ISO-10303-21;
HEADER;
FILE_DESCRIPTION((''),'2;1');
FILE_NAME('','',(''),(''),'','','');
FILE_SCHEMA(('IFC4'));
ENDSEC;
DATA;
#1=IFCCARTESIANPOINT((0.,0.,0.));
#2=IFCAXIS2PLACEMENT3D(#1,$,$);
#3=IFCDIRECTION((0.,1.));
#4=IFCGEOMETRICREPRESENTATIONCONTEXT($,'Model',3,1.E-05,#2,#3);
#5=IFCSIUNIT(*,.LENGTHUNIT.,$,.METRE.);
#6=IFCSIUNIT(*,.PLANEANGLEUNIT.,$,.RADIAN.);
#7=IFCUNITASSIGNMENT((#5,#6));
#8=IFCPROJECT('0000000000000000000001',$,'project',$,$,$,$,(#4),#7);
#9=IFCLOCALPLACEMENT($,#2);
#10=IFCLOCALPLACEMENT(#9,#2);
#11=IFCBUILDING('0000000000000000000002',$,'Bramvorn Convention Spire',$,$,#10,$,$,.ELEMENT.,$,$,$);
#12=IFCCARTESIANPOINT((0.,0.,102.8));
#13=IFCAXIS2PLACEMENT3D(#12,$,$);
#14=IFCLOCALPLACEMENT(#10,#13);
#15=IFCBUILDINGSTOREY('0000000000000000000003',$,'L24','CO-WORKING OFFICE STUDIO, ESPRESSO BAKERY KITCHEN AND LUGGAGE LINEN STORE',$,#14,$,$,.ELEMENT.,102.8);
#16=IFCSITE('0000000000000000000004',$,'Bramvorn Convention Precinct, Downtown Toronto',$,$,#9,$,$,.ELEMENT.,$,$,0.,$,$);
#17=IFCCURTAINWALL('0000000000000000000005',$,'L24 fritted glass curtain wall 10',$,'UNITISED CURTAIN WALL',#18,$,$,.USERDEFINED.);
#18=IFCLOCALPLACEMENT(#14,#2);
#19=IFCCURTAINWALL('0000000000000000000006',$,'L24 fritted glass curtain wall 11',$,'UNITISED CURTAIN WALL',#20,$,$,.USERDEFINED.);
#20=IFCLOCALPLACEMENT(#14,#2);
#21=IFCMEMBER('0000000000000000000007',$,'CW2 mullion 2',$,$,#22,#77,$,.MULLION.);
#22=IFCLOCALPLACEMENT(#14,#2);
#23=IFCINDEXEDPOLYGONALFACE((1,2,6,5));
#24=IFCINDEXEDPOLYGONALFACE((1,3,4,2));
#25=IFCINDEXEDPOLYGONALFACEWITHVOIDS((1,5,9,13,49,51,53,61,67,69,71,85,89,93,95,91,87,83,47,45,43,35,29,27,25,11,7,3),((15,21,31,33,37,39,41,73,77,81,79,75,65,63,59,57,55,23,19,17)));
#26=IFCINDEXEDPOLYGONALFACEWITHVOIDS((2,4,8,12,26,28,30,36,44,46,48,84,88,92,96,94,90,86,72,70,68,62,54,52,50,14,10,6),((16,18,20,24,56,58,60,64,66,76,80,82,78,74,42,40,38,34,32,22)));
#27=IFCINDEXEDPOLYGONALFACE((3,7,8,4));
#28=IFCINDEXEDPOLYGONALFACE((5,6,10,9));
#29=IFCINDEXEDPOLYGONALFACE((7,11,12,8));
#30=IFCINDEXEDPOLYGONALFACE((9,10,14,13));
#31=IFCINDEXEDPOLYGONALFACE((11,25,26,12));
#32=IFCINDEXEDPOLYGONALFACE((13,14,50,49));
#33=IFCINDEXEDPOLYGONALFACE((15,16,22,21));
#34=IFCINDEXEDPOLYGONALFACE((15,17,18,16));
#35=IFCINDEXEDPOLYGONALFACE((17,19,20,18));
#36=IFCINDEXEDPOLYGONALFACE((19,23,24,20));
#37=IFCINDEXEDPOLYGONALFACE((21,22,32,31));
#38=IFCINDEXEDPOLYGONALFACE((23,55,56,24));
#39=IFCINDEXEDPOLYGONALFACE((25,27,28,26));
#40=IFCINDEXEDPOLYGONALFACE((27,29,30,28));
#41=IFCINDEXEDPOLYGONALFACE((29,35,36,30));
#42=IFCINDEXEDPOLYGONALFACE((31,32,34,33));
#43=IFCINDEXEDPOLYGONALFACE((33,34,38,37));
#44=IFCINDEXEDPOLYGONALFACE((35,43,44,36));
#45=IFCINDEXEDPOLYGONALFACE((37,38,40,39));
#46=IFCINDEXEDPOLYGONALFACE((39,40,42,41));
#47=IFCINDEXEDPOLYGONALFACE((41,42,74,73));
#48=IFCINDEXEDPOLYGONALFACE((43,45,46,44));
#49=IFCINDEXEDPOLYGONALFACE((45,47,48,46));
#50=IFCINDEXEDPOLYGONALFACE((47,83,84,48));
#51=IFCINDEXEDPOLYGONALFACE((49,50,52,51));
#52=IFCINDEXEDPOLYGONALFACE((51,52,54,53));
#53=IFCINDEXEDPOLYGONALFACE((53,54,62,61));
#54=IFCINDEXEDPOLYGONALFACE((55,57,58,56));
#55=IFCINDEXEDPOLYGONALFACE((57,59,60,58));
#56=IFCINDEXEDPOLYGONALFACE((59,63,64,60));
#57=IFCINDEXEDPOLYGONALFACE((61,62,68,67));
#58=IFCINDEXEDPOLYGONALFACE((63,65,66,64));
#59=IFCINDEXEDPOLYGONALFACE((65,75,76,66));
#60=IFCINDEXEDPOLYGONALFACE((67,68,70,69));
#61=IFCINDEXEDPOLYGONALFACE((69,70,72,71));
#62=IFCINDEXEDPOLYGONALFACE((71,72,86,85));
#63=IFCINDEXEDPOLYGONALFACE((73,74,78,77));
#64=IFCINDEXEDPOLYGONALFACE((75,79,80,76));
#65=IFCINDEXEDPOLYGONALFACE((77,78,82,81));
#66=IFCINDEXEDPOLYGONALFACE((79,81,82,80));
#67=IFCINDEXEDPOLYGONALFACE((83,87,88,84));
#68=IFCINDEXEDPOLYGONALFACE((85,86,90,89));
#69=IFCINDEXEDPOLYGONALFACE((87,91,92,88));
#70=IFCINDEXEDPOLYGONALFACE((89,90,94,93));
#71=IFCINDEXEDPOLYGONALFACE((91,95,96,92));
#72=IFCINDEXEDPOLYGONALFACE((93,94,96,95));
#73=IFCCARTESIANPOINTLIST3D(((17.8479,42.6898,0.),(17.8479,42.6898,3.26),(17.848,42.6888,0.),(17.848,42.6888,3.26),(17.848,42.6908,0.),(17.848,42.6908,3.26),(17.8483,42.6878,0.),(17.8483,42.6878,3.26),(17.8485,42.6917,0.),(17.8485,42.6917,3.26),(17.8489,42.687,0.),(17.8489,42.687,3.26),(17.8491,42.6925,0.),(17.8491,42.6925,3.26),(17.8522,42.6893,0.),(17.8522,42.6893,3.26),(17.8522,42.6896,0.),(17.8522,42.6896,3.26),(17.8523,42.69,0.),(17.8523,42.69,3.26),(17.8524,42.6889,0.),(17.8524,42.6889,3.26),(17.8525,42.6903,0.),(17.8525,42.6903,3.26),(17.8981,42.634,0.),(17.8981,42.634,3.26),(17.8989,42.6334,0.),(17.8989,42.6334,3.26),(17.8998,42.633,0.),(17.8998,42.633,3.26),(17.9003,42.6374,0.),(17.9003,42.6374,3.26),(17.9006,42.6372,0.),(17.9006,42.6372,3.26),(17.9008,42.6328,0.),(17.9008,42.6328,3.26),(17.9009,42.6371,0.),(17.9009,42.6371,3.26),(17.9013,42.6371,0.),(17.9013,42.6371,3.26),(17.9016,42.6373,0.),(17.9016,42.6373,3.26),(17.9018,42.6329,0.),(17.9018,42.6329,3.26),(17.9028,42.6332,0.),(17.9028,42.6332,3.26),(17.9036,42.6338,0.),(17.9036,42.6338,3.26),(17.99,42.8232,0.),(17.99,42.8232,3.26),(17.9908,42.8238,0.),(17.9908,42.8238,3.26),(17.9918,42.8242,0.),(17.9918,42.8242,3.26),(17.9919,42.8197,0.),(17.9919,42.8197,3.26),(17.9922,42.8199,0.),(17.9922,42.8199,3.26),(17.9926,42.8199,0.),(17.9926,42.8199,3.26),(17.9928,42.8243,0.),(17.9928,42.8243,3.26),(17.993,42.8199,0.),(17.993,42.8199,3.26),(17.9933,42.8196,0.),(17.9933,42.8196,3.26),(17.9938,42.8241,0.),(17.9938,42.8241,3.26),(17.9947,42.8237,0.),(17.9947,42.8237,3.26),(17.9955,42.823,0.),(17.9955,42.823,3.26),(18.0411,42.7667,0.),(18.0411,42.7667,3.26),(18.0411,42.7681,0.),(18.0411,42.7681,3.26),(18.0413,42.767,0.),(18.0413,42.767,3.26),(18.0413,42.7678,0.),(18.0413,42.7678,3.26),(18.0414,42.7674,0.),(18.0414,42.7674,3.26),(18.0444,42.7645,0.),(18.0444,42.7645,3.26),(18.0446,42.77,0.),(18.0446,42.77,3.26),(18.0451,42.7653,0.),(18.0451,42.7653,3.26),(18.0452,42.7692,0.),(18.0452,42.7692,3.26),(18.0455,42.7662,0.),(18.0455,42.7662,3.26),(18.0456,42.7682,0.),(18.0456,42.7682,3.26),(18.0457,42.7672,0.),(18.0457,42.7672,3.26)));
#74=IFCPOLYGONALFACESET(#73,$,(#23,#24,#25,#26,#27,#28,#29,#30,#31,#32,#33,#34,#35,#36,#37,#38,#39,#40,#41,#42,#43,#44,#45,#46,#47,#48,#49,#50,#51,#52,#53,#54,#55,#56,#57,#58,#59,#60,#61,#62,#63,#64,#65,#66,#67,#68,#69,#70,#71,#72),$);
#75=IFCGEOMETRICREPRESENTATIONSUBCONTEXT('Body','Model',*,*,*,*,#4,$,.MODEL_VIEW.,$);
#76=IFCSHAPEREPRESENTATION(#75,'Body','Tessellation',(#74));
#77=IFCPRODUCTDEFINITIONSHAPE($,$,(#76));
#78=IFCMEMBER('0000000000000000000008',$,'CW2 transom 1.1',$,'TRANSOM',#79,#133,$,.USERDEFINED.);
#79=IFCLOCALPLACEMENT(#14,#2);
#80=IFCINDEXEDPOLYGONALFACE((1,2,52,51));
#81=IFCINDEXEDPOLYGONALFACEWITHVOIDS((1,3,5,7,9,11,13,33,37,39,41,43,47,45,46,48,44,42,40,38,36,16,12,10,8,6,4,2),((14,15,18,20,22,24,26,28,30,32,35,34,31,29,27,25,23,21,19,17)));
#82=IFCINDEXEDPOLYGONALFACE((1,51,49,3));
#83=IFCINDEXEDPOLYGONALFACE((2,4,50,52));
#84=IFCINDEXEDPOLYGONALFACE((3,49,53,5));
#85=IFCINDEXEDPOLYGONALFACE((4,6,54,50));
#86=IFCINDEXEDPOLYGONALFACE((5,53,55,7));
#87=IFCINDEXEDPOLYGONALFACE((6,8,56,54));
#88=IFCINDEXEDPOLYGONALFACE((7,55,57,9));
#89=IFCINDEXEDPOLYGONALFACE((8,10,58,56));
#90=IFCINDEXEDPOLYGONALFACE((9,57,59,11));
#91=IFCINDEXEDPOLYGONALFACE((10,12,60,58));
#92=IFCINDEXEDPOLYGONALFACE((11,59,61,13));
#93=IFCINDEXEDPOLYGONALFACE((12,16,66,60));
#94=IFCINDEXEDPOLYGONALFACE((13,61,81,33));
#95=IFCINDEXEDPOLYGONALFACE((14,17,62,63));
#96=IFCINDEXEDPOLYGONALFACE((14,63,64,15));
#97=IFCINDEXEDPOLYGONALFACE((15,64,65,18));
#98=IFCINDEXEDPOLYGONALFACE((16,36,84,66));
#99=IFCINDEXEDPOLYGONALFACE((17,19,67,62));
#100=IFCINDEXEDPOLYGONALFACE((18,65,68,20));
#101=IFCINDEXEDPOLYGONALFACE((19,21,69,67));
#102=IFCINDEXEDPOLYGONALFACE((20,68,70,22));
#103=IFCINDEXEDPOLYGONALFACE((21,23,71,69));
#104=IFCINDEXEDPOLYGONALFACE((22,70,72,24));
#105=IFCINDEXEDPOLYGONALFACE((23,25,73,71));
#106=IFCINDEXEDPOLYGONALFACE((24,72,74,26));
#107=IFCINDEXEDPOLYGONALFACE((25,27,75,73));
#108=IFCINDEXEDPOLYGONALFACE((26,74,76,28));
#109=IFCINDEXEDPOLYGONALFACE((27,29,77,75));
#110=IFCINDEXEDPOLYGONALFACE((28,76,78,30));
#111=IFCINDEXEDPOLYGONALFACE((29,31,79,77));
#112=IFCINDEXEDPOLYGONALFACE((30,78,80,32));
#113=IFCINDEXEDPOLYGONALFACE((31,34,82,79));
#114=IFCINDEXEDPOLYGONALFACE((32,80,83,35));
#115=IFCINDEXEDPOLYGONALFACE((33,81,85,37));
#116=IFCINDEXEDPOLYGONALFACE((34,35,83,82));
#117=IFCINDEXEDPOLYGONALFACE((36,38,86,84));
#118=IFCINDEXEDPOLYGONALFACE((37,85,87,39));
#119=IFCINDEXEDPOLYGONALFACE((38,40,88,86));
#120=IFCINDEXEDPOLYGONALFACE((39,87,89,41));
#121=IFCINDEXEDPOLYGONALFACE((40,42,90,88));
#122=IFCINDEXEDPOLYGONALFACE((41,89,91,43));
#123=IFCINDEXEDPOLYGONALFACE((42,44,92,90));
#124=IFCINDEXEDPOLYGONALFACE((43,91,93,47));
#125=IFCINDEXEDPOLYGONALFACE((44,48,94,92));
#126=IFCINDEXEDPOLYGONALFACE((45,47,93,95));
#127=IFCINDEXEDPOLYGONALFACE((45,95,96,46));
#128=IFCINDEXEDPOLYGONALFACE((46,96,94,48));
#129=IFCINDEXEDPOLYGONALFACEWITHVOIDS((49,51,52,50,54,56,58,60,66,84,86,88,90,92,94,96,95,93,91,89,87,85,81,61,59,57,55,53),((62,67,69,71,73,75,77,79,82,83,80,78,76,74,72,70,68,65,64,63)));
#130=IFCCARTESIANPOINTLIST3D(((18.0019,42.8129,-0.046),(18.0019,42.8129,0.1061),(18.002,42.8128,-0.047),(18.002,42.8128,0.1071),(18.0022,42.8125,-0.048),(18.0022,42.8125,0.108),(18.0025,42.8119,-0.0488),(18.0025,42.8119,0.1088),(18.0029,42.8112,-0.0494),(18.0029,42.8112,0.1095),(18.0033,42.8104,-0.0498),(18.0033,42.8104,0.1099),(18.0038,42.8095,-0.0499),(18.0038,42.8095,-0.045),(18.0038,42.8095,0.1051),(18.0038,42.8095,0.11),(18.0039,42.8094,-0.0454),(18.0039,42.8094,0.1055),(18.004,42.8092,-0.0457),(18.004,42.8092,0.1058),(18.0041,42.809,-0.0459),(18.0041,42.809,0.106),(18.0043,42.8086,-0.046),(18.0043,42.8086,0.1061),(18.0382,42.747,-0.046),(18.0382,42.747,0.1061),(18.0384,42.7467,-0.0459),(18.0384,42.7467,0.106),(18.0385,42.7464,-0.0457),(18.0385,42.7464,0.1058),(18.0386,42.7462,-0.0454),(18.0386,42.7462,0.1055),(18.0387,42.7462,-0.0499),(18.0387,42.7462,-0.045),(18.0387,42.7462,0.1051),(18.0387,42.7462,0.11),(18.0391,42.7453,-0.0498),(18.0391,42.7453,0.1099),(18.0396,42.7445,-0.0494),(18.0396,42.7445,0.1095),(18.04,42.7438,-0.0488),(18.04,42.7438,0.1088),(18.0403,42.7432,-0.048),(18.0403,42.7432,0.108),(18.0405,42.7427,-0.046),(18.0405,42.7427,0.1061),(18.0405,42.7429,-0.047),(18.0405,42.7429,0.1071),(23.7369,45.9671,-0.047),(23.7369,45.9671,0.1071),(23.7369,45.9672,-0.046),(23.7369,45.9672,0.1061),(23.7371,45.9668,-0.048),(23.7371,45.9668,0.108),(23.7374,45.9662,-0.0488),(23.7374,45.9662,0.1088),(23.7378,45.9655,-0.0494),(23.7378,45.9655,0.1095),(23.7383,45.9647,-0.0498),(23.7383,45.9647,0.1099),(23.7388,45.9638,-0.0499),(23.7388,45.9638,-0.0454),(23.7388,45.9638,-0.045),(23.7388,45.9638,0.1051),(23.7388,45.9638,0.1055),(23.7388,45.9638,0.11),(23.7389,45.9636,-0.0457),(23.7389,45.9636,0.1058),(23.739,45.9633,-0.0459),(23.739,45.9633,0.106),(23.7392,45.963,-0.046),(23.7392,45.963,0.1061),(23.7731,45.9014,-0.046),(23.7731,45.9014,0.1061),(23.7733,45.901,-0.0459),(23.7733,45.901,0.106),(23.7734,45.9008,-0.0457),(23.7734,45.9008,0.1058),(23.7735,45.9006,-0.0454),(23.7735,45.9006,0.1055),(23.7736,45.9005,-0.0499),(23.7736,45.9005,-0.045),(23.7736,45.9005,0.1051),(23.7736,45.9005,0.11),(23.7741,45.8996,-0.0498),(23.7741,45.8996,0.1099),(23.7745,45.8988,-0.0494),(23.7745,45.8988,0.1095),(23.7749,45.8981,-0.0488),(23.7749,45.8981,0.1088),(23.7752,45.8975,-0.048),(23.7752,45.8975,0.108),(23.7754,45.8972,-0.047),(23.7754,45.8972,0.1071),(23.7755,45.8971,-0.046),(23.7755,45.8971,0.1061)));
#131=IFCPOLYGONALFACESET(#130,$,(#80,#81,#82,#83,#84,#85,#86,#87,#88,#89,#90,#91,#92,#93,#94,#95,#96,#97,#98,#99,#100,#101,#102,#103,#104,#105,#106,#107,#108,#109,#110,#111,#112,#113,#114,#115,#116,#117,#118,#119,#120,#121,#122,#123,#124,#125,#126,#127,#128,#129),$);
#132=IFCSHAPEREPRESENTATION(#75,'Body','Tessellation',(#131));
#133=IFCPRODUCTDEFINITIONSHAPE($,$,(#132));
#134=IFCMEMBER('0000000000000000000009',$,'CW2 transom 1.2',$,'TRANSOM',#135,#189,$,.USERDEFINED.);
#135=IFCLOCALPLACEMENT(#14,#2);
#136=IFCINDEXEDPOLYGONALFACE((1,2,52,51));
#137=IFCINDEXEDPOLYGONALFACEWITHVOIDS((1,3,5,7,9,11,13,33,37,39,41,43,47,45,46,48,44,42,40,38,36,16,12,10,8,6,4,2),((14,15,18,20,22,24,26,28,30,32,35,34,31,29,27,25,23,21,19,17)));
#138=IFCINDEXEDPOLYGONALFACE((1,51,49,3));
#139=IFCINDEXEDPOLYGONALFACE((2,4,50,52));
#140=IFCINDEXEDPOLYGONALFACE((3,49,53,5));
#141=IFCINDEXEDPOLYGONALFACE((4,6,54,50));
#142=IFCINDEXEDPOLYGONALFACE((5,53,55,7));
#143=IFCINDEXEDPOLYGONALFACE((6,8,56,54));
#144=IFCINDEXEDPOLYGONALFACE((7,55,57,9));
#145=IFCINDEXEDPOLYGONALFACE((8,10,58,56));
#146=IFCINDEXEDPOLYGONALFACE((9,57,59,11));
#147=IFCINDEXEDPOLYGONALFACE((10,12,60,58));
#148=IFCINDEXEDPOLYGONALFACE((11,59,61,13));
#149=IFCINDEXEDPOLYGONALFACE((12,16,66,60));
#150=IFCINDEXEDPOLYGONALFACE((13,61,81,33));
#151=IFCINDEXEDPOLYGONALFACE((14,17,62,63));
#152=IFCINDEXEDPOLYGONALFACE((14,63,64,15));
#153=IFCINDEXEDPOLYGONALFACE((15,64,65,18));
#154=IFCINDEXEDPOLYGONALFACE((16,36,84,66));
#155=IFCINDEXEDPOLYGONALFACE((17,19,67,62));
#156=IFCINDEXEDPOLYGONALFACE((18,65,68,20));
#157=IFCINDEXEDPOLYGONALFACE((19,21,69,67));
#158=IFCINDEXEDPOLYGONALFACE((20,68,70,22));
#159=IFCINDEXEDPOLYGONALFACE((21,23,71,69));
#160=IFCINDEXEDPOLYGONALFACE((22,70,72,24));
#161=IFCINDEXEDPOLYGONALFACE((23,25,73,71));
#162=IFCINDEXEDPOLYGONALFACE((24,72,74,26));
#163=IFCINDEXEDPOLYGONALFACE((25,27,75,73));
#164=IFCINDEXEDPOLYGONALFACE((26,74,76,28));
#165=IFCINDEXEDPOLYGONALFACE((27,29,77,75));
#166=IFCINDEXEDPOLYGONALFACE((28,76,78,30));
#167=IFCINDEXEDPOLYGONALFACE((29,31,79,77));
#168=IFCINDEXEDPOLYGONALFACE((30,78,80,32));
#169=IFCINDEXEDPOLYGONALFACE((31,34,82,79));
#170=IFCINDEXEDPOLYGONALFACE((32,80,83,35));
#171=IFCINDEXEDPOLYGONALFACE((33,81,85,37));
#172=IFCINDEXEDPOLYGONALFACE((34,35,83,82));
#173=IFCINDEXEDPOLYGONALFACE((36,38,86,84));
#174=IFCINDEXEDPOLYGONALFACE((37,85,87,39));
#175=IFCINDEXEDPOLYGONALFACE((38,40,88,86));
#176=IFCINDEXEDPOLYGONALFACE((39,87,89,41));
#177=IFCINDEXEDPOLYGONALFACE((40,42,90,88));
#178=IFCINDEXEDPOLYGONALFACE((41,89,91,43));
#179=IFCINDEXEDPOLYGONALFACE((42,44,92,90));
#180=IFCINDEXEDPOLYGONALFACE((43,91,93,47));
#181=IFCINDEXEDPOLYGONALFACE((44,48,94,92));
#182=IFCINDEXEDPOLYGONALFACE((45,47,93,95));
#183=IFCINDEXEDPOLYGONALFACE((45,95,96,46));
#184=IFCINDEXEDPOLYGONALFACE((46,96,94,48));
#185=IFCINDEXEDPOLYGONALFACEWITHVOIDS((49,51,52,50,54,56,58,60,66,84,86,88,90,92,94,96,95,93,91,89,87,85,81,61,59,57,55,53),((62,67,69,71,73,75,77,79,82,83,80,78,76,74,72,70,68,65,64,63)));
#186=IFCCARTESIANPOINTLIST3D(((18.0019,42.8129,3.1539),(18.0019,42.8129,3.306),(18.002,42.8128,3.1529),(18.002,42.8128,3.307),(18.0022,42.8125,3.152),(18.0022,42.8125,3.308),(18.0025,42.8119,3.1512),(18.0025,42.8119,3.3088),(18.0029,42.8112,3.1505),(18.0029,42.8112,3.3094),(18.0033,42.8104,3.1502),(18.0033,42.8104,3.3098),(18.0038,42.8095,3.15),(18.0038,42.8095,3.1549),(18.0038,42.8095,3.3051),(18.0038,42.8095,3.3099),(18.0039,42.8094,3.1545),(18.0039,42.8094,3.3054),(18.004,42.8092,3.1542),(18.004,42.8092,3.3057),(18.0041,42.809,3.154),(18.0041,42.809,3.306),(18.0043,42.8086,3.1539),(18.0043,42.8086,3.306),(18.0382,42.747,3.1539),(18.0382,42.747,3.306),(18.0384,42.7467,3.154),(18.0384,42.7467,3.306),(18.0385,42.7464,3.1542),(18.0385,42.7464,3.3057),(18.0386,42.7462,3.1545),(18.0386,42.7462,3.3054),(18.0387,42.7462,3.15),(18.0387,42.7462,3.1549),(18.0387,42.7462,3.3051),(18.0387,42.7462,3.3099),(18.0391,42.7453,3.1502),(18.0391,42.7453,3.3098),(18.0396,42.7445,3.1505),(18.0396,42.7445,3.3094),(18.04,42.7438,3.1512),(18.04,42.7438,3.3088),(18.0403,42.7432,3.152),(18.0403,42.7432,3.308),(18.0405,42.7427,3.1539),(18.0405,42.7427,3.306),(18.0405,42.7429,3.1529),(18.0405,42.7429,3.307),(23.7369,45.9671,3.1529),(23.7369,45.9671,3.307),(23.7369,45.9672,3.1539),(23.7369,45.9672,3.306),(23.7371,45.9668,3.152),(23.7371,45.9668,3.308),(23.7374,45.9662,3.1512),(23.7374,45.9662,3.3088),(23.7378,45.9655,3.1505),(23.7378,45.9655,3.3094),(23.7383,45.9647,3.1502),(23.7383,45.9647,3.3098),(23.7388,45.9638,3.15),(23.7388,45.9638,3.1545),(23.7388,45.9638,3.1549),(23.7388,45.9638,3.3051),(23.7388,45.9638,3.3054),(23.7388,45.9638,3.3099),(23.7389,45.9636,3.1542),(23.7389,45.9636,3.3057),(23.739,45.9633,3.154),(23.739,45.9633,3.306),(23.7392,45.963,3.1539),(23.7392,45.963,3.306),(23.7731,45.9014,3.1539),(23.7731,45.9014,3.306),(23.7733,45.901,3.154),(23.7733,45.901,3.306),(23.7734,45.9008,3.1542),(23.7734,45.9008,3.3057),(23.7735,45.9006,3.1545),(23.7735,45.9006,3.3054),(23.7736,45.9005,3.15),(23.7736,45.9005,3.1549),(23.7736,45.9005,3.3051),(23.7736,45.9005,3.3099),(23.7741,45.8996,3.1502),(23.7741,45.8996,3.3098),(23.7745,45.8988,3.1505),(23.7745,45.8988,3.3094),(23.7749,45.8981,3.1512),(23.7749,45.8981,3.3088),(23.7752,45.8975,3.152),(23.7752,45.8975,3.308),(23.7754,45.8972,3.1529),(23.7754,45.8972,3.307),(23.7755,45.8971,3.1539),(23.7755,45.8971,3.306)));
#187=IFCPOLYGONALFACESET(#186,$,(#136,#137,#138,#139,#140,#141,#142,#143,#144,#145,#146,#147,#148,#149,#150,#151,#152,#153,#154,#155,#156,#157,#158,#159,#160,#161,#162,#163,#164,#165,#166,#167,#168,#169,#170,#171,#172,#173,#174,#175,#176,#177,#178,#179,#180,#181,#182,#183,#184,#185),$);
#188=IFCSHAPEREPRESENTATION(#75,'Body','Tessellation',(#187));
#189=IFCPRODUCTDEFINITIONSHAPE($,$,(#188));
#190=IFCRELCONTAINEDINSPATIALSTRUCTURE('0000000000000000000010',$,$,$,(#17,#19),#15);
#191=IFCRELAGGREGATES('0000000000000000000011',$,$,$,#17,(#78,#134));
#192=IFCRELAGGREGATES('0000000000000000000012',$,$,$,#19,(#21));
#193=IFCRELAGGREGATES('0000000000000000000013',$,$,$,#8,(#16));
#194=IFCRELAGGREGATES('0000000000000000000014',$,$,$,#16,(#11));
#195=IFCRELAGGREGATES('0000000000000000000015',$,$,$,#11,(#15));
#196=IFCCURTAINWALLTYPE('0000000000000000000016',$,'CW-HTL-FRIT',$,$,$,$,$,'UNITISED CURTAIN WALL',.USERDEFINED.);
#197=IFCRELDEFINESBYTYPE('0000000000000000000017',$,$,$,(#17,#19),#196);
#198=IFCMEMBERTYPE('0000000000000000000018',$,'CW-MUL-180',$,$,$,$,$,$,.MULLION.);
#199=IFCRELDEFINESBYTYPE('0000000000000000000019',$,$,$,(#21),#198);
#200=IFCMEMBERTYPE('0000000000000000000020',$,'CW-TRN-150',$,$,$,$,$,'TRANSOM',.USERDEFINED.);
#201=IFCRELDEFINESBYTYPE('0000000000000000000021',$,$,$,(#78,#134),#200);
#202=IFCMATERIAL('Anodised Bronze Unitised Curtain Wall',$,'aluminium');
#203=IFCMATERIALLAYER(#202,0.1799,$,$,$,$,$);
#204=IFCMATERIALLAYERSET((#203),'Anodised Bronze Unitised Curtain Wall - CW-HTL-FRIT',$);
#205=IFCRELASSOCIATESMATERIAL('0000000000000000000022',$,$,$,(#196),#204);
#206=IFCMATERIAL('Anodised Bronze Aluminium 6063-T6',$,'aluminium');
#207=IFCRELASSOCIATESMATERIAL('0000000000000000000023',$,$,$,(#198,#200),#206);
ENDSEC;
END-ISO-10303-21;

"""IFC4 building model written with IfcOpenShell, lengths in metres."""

from ifc_helpers import new_model, si_unit, direction, frame, origin, origin_2d, place, context, subcontext, project, spatial, hollow_rectangle, extrude, material, layer, layer_set, material_profile, profile_set, type_object, element, aggregate, save


model = new_model("IFC4")

# Units and contexts
model_context = context("Model", 3, precision=1e-05, world=origin(), true_north=direction((0.0, 1.0)))
body_context = subcontext(model_context, "Body", "Model", "MODEL_VIEW")
ifc_project = project(units=[si_unit("LENGTHUNIT", "METRE"), si_unit("PLANEANGLEUNIT", "RADIAN")], contexts=[model_context])

# Site, building, storey
site_placement = place(None, origin())
site = spatial("IfcSite", under=ifc_project, at=site_placement, Name="Bramvorn Convention Precinct, Downtown Toronto", CompositionType="ELEMENT", RefElevation=0.0)
building_placement = place(site_placement, origin())
building = spatial("IfcBuilding", under=site, at=building_placement, Name="Bramvorn Convention Spire", CompositionType="ELEMENT")
storey_placement = place(building_placement, frame((0.0, 0.0, 102.8)))
storey = spatial("IfcBuildingStorey", under=building, at=storey_placement, Name="L24", Description="CO-WORKING OFFICE STUDIO, ESPRESSO BAKERY KITCHEN AND LUGGAGE LINEN STORE", CompositionType="ELEMENT", Elevation=102.8)

# Curtain walls, member
ifc_material_1 = material(Name="Anodised Bronze Unitised Curtain Wall", Category="aluminium")
ifc_layer_1 = layer(ifc_material_1, 0.1799)
ifc_layer_set_1 = layer_set([ifc_layer_1], Name="Anodised Bronze Unitised Curtain Wall - CW-HTL-FRIT")
curtain_wall_type = type_object("IfcCurtainWallType", Name="CW-HTL-FRIT", ElementType="UNITISED CURTAIN WALL", PredefinedType="USERDEFINED", material=ifc_layer_set_1)
curtain_wall_1_placement = place(storey_placement, origin())
curtain_wall_1 = element("IfcCurtainWall", 1, at=curtain_wall_1_placement, inside=storey, type_object=curtain_wall_type, Name="L24 fritted glass curtain wall 10", ObjectType="UNITISED CURTAIN WALL", PredefinedType="USERDEFINED")
ifc_material_2 = material(Name="Anodised Bronze Aluminium 6063-T6", Category="aluminium")
ifc_material_profile_1 = material_profile(ifc_material_2, hollow_rectangle(XDim=0.0801, YDim=0.2, WallThickness=0.0039, InnerFilletRadius=0.001, OuterFilletRadius=0.0039, at=origin_2d()))
ifc_profile_set_1 = profile_set([ifc_material_profile_1], Name="Anodised Bronze Aluminium 6063-T6 - CWM80X200")
member_type_1 = type_object("IfcMemberType", Name="CW-MUL-180", PredefinedType="MULLION", material=ifc_profile_set_1)
curtain_wall_2_placement = place(storey_placement, origin())
curtain_wall_2 = element("IfcCurtainWall", 2, at=curtain_wall_2_placement, inside=storey, type_object=curtain_wall_type, Name="L24 fritted glass curtain wall 11", ObjectType="UNITISED CURTAIN WALL", PredefinedType="USERDEFINED")
member_1_placement = place(storey_placement, frame((17.9468, 42.7285, 0.0), z_axis=(0.0, 0.0, 1.0), x_axis=(-0.680182, 0.733044, 0.0)))
member_1 = element("IfcMember", 3, at=member_1_placement, type_object=member_type_1, Name="CW2 mullion 2", PredefinedType="MULLION", context=body_context, shape_type="SweptSolid", body=[
    extrude(hollow_rectangle(XDim=0.0801, YDim=0.2, WallThickness=0.0039, InnerFilletRadius=0.001, OuterFilletRadius=0.0039, at=origin_2d()), origin(), (0.0, 0.0, 1.0), 3.26),
])

# Members
ifc_material_profile_2 = material_profile(ifc_material_2, hollow_rectangle(XDim=0.0801, YDim=0.1599, WallThickness=0.0039, InnerFilletRadius=0.001, OuterFilletRadius=0.0039, at=origin_2d()))
ifc_profile_set_2 = profile_set([ifc_material_profile_2], Name="Anodised Bronze Aluminium 6063-T6 - CWT80X160")
member_type_2 = type_object("IfcMemberType", Name="CW-TRN-150", ElementType="TRANSOM", PredefinedType="USERDEFINED", material=ifc_profile_set_2)
member_2_placement = place(storey_placement, frame((18.0212, 42.7778, 0.03), z_axis=(0.876208, 0.481933, 0.0), x_axis=(-0.481933, 0.876208, 0.0)))
member_2 = element("IfcMember", 4, at=member_2_placement, type_object=member_type_2, Name="CW2 transom 1.1", ObjectType="TRANSOM", PredefinedType="USERDEFINED", context=body_context, shape_type="SweptSolid", body=[
    extrude(hollow_rectangle(XDim=0.0801, YDim=0.1599, WallThickness=0.0039, InnerFilletRadius=0.001, OuterFilletRadius=0.0039, at=origin_2d()), origin(), (0.0, 0.0, 1.0), 6.5452),
])
member_3_placement = place(storey_placement, frame((18.0212, 42.7778, 3.23), z_axis=(0.876208, 0.481933, 0.0), x_axis=(-0.481933, 0.876208, 0.0)))
member_3 = element("IfcMember", 5, at=member_3_placement, type_object=member_type_2, Name="CW2 transom 1.2", ObjectType="TRANSOM", PredefinedType="USERDEFINED", context=body_context, shape_type="SweptSolid", body=[
    extrude(hollow_rectangle(XDim=0.0801, YDim=0.1599, WallThickness=0.0039, InnerFilletRadius=0.001, OuterFilletRadius=0.0039, at=origin_2d()), origin(), (0.0, 0.0, 1.0), 6.5452),
])

aggregate(curtain_wall_1, [member_2, member_3])
aggregate(curtain_wall_2, [member_1])

save(model, "model.ifc")
